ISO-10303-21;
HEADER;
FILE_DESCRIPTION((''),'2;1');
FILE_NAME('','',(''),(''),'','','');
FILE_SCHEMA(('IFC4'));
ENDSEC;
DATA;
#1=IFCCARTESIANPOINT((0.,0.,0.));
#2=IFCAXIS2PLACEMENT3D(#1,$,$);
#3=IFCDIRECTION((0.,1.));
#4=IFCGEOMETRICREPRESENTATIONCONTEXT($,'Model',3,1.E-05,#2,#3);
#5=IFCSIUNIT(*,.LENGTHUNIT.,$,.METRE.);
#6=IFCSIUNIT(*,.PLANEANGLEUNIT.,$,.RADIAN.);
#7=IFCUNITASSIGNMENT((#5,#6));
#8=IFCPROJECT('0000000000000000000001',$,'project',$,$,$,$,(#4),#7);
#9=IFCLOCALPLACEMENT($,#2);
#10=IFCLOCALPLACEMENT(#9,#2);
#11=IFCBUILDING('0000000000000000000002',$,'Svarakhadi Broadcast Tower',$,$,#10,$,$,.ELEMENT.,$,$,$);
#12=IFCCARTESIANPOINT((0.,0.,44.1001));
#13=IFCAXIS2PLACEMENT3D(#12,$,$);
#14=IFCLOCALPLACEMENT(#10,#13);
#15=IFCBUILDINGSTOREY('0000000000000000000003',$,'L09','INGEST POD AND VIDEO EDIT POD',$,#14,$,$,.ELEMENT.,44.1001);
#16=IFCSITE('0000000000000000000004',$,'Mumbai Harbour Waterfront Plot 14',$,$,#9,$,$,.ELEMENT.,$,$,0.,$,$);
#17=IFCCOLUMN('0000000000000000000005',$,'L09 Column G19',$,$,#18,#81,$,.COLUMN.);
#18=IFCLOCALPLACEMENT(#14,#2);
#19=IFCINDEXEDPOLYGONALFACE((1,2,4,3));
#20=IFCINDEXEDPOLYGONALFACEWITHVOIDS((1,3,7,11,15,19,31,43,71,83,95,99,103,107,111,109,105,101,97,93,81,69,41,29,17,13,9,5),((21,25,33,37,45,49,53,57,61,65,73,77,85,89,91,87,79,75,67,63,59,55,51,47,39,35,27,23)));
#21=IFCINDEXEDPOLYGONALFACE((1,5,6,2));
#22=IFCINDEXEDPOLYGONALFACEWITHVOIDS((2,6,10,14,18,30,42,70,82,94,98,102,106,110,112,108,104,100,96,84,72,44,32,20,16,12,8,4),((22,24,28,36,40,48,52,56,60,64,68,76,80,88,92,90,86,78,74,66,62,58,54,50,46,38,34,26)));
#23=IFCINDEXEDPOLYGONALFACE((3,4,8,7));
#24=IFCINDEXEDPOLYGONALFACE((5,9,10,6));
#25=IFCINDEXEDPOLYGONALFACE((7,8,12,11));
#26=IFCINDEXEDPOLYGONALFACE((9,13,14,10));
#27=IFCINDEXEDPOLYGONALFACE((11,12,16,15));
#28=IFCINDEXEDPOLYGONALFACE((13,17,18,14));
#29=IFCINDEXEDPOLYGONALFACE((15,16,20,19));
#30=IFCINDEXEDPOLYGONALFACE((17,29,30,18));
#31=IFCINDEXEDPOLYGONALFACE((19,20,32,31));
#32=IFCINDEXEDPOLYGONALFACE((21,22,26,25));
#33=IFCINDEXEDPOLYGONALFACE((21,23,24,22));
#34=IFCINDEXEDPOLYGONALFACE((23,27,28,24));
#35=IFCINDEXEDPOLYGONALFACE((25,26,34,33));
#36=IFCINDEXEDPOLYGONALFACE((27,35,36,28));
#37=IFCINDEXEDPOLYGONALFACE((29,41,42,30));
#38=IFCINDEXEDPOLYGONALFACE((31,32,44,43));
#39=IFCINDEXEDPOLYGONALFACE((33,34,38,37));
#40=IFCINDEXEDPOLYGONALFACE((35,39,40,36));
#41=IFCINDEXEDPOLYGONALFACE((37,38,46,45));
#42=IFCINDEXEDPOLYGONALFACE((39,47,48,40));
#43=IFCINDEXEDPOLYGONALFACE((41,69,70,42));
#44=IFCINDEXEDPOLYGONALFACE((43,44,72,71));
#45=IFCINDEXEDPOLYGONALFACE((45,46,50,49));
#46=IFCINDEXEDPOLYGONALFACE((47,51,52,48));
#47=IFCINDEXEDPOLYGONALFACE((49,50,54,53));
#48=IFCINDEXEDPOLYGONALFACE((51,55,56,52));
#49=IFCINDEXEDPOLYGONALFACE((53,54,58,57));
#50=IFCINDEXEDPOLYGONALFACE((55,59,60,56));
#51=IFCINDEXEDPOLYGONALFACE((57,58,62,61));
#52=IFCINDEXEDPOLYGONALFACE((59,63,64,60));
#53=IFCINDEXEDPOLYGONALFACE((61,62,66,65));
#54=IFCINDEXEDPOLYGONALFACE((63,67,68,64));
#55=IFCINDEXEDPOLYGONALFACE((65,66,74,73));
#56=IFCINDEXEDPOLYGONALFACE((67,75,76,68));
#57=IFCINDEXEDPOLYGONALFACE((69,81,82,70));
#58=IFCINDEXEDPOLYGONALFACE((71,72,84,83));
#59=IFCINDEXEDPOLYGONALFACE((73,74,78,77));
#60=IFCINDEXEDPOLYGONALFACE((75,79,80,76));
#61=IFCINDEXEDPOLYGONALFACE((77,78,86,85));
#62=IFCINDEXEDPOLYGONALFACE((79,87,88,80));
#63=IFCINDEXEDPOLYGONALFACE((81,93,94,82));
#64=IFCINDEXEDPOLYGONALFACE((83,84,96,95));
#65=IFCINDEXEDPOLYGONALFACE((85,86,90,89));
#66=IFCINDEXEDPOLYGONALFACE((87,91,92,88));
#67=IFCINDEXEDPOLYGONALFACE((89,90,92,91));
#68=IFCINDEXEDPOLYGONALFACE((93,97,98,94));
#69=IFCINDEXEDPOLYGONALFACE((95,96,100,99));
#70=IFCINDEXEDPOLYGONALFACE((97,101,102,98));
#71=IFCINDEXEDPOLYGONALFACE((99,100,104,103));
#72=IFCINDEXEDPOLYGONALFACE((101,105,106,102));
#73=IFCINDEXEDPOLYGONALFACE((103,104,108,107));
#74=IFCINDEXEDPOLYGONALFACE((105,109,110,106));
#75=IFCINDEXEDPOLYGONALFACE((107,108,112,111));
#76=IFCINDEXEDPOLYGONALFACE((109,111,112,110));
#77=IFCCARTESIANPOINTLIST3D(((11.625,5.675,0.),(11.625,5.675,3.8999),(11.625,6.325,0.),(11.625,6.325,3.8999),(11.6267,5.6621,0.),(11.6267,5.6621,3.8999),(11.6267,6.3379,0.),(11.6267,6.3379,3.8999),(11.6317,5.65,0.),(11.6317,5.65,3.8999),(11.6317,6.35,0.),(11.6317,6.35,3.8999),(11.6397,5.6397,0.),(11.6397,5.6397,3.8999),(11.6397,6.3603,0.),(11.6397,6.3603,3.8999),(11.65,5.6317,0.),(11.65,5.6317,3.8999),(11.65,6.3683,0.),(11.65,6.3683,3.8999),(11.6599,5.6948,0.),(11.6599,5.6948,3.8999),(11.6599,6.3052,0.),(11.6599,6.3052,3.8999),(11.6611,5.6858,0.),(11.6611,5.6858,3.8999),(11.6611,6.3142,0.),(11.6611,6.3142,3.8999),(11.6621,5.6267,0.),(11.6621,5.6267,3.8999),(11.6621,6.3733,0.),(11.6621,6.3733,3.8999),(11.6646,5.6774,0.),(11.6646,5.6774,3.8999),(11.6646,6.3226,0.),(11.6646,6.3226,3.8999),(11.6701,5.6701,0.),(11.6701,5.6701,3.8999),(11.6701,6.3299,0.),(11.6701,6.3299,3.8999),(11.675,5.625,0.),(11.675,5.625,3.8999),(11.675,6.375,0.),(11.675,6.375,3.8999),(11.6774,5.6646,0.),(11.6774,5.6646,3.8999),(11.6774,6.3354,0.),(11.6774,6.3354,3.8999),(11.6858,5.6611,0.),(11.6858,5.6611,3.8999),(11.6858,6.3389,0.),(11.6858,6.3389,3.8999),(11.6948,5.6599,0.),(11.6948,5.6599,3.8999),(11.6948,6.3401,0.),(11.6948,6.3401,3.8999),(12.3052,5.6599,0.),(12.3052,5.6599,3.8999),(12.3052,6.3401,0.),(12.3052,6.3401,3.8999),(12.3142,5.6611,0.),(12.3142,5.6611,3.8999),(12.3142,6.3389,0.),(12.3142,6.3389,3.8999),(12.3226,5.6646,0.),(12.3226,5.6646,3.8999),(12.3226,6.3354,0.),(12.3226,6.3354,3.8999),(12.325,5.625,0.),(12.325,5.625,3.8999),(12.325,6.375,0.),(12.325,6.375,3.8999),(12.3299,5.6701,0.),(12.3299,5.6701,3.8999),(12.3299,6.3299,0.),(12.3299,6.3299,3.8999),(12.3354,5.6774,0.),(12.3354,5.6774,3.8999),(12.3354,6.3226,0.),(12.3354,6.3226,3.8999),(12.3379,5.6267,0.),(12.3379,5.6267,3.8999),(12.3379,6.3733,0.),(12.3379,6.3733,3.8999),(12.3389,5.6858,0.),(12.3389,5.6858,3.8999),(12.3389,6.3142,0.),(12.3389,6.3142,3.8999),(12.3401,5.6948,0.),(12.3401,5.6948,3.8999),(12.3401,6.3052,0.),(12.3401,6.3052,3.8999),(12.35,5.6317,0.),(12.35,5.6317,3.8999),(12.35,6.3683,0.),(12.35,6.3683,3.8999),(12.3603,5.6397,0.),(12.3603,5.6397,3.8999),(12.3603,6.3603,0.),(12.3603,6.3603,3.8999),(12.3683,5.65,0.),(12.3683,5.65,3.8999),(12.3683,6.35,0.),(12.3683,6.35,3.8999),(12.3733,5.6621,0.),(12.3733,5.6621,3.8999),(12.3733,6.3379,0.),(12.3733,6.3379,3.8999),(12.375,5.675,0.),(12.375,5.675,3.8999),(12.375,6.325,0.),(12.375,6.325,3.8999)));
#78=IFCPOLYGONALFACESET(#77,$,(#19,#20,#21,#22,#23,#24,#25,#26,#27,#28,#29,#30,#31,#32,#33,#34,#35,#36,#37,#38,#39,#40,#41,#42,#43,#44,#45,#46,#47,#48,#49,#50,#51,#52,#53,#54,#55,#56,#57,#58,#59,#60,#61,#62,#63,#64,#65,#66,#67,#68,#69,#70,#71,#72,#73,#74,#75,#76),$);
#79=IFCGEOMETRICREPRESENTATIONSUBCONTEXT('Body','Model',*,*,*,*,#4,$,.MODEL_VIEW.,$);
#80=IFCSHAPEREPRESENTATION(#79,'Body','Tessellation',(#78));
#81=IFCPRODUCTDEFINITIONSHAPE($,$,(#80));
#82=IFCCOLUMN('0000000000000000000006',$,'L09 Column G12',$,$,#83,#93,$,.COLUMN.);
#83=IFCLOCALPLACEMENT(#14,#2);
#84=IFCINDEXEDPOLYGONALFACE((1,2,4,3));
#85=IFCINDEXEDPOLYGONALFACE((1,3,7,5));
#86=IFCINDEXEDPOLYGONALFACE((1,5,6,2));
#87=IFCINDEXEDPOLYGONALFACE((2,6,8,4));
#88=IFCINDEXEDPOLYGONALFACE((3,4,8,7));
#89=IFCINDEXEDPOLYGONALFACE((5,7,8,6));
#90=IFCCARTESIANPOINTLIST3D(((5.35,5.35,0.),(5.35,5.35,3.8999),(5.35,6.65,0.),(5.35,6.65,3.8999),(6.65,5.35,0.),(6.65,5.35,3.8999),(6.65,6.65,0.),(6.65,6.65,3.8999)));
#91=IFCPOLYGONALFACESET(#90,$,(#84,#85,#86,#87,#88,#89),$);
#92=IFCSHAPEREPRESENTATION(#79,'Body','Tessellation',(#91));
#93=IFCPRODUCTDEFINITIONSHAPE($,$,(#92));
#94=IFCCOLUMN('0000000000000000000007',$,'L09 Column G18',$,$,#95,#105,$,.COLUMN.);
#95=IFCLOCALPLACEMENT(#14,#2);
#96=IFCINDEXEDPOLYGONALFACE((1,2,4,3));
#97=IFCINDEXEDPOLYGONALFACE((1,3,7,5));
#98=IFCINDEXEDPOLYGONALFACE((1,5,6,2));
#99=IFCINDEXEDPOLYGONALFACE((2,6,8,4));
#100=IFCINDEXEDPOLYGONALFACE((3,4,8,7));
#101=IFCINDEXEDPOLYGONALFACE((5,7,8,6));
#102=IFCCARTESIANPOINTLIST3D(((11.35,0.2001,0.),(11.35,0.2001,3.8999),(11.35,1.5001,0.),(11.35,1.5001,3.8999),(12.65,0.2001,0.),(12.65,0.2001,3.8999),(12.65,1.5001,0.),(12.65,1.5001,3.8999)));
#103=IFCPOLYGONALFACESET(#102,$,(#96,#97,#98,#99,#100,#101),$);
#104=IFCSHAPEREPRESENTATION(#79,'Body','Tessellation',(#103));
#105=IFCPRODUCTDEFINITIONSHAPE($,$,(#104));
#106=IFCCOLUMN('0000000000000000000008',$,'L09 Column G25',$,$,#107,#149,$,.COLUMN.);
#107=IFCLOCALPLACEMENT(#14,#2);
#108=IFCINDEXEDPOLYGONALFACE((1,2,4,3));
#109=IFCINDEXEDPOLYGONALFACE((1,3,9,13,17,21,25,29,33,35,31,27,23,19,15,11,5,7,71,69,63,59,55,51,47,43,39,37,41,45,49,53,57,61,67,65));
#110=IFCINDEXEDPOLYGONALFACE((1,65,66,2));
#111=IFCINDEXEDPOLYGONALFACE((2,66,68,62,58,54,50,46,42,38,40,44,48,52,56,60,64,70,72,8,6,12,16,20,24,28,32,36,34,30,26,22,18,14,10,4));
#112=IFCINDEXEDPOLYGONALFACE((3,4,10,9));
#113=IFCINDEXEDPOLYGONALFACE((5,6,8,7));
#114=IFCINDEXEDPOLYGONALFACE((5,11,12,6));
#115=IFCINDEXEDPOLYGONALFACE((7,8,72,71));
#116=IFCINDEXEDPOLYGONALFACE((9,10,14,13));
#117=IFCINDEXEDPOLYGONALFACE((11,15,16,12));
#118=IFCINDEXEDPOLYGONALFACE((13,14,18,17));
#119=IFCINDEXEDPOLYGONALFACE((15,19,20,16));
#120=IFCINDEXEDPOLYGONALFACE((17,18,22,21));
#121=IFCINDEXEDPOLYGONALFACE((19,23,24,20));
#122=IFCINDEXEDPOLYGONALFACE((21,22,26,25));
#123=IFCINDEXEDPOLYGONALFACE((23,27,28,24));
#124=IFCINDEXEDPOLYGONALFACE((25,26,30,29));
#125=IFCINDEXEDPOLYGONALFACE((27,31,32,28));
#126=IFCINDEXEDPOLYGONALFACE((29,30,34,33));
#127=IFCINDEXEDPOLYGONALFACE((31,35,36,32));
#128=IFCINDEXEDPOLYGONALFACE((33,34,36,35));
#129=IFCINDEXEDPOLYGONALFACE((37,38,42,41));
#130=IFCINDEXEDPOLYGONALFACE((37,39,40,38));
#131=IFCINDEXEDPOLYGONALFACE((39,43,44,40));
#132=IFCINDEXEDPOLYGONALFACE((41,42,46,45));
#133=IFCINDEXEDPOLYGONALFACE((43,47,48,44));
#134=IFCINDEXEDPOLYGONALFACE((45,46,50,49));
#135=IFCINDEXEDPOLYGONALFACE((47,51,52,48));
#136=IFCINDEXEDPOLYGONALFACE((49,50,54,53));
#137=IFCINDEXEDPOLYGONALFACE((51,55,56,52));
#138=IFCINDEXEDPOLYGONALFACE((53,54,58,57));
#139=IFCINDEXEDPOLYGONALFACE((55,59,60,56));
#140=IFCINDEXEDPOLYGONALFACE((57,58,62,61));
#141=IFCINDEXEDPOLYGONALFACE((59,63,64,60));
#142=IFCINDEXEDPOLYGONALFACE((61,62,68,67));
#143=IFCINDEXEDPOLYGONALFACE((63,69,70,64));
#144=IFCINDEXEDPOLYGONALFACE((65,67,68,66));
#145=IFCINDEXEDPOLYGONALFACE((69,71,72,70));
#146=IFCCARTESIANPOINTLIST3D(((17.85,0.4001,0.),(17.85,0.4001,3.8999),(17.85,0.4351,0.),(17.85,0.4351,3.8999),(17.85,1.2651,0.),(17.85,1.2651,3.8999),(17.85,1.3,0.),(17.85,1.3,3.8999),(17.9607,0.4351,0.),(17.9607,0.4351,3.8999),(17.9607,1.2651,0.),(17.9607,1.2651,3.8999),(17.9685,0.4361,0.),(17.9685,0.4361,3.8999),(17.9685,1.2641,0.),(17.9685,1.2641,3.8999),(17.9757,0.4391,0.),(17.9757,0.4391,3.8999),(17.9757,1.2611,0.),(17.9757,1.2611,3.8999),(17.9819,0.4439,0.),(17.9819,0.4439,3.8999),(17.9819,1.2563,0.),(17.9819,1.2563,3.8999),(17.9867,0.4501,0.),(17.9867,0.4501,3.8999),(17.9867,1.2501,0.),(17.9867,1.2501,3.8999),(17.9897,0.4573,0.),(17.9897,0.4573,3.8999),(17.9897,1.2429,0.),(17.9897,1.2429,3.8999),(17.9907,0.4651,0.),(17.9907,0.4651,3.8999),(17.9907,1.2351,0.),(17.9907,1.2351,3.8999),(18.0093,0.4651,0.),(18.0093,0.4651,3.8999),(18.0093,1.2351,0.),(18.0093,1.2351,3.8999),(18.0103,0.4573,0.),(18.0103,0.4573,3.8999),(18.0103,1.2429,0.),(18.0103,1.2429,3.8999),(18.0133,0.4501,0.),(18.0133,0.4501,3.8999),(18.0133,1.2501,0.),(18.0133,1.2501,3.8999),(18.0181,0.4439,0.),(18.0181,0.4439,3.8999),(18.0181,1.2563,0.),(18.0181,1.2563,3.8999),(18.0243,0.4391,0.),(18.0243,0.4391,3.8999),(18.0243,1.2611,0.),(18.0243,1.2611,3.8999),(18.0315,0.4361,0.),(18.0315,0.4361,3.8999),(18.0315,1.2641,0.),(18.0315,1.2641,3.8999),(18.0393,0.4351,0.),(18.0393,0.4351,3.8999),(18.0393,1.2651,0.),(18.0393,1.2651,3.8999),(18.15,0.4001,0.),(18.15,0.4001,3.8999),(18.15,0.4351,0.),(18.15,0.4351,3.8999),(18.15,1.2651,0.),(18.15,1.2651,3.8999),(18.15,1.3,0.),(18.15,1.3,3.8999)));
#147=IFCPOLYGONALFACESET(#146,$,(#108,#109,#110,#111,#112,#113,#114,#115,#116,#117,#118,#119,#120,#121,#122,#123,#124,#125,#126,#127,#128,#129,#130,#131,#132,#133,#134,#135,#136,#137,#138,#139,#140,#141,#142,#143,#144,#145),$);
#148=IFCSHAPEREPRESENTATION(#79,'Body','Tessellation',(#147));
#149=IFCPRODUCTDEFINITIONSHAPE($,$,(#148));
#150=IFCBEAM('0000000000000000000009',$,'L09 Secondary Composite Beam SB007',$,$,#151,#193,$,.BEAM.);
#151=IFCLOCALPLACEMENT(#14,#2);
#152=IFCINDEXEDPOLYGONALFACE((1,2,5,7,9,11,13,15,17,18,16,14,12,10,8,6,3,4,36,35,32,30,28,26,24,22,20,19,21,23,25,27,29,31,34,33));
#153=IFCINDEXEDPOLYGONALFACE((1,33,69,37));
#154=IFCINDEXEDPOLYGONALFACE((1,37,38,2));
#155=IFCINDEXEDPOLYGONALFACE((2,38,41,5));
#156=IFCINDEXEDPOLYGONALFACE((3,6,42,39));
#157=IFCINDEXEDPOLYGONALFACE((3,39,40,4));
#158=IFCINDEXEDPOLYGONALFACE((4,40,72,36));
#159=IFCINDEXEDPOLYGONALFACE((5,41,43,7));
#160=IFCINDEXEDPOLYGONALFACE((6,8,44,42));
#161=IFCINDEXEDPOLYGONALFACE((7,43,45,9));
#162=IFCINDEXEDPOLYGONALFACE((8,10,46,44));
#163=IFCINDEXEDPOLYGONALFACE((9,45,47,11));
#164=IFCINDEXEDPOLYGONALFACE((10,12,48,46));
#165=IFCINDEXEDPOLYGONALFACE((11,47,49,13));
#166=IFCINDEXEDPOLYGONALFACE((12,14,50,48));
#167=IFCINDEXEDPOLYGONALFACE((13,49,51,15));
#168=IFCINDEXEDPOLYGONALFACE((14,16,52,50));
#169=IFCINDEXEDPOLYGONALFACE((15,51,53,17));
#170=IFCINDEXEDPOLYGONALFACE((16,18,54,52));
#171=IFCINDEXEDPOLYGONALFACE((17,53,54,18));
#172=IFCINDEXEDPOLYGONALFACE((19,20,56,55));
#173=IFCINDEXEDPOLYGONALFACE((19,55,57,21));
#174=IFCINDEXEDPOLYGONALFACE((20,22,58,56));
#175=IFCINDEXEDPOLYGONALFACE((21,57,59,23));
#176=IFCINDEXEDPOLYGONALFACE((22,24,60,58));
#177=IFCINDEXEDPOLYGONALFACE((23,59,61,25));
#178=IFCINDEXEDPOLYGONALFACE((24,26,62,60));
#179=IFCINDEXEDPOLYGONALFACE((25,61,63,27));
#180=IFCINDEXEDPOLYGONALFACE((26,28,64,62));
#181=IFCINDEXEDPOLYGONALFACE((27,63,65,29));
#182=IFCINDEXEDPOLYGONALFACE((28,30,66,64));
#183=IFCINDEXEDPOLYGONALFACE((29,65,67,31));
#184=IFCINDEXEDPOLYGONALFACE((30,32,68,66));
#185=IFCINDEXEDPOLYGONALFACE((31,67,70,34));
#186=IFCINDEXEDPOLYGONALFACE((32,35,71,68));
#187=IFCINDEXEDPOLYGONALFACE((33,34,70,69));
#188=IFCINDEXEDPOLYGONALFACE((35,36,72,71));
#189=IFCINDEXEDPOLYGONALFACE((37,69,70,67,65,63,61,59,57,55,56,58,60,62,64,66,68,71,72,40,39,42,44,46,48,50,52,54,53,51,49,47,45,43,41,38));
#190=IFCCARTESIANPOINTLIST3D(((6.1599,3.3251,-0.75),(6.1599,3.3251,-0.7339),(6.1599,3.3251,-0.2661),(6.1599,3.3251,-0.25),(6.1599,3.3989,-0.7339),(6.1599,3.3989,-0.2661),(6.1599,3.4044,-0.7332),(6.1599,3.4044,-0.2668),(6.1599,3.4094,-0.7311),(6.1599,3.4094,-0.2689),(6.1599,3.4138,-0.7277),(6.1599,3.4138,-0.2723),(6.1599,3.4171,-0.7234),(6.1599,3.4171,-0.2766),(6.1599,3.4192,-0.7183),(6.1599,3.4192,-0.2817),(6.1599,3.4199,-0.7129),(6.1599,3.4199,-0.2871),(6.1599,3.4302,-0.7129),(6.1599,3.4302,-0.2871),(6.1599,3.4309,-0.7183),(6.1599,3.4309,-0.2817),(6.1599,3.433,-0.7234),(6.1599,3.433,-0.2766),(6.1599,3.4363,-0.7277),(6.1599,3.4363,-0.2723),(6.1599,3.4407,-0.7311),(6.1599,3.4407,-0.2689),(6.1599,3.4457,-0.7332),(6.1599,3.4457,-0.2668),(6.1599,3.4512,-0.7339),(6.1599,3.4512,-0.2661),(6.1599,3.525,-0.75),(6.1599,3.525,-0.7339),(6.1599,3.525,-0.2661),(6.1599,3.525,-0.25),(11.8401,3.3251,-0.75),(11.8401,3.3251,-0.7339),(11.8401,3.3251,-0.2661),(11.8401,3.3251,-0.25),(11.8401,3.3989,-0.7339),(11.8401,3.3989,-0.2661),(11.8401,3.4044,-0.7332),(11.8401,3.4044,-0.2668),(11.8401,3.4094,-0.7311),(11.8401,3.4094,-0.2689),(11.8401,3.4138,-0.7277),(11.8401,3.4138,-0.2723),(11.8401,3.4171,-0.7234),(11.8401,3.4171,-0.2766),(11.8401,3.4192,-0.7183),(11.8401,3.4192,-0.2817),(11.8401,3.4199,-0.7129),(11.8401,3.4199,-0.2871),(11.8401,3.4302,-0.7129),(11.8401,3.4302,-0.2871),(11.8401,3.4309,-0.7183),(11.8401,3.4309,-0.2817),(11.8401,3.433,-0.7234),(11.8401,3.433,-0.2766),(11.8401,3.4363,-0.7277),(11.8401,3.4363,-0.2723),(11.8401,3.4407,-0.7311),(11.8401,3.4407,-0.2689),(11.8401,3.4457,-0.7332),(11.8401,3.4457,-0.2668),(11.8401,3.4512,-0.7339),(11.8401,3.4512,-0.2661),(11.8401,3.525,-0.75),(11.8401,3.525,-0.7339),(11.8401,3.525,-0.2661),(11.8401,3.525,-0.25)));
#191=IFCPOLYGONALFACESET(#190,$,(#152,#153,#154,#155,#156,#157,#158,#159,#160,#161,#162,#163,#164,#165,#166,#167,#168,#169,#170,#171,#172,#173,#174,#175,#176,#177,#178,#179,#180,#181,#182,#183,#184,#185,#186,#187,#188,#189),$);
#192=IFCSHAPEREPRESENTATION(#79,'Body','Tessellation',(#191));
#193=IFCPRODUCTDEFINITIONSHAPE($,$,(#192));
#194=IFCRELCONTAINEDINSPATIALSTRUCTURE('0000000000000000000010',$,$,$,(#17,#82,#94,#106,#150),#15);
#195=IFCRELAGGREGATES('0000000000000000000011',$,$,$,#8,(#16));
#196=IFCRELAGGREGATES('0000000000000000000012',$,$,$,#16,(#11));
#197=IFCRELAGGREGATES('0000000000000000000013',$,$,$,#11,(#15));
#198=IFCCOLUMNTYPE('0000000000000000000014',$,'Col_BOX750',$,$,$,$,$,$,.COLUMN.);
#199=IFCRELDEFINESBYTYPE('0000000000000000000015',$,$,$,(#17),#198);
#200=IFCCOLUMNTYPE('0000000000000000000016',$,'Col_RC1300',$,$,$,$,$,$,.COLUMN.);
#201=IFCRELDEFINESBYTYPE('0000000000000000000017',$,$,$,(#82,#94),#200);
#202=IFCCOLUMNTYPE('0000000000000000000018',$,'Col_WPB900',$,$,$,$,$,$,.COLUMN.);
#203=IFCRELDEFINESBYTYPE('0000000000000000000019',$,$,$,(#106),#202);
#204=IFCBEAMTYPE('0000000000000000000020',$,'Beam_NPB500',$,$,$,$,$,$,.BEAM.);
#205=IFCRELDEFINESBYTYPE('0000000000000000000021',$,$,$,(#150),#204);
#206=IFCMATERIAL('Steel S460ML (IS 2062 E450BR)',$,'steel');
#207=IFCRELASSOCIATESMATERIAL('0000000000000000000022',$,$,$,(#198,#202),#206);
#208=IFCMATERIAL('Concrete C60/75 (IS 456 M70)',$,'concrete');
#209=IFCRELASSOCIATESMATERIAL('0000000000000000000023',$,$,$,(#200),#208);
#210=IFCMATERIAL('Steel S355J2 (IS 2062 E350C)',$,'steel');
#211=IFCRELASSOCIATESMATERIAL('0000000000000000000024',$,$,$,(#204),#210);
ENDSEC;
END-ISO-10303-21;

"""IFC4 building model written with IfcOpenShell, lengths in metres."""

from ifc_helpers import new_model, si_unit, direction, frame, origin, origin_2d, place, context, subcontext, project, spatial, rectangle, hollow_rectangle, i_section, extrude, material, material_profile, profile_set, type_object, element, save


model = new_model("IFC4")

# Units and contexts
model_context = context("Model", 3, precision=1e-05, world=origin(), true_north=direction((0.0, 1.0)))
body_context = subcontext(model_context, "Body", "Model", "MODEL_VIEW")
ifc_project = project(units=[si_unit("LENGTHUNIT", "METRE"), si_unit("PLANEANGLEUNIT", "RADIAN")], contexts=[model_context])

# Site, building, storey
site_placement = place(None, origin())
site = spatial("IfcSite", under=ifc_project, at=site_placement, Name="Mumbai Harbour Waterfront Plot 14", CompositionType="ELEMENT", RefElevation=0.0)
building_placement = place(site_placement, origin())
building = spatial("IfcBuilding", under=site, at=building_placement, Name="Svarakhadi Broadcast Tower", CompositionType="ELEMENT")
storey_placement = place(building_placement, frame((0.0, 0.0, 44.1001)))
storey = spatial("IfcBuildingStorey", under=building, at=storey_placement, Name="L09", Description="INGEST POD AND VIDEO EDIT POD", CompositionType="ELEMENT", Elevation=44.1001)

# Columns
ifc_material_1 = material(Name="Steel S460ML (IS 2062 E450BR)", Category="steel")
ifc_material_profile_1 = material_profile(ifc_material_1, hollow_rectangle(XDim=0.75, YDim=0.75, WallThickness=0.0349, InnerFilletRadius=0.0349, OuterFilletRadius=0.05, at=origin_2d()), Name="BOX 750x750x35")
ifc_profile_set_1 = profile_set([ifc_material_profile_1], Name="Steel S460ML (IS 2062 E450BR)")
column_type_1 = type_object("IfcColumnType", Name="Col_BOX750", PredefinedType="COLUMN", material=ifc_profile_set_1)
column_1_placement = place(storey_placement, frame((12.0, 6.0, 0.0), z_axis=(0.0, 0.0, 1.0), x_axis=(1.0, 0.0, 0.0)))
element("IfcColumn", 1, at=column_1_placement, inside=storey, type_object=column_type_1, Name="L09 Column G19", PredefinedType="COLUMN", context=body_context, shape_type="SweptSolid", body=[
    extrude(hollow_rectangle(XDim=0.75, YDim=0.75, WallThickness=0.0349, InnerFilletRadius=0.0349, OuterFilletRadius=0.05, at=origin_2d()), origin(), (0.0, 0.0, 1.0), 3.8999),
])
ifc_material_2 = material(Name="Concrete C60/75 (IS 456 M70)", Category="concrete")
ifc_material_profile_2 = material_profile(ifc_material_2, rectangle(XDim=1.3, YDim=1.3, at=origin_2d()), Name="RC 1300x1300")
ifc_profile_set_2 = profile_set([ifc_material_profile_2], Name="Concrete C60/75 (IS 456 M70)")
column_type_2 = type_object("IfcColumnType", Name="Col_RC1300", PredefinedType="COLUMN", material=ifc_profile_set_2)
for number, where, z_axis, x_axis, name in (
    (2, (6.0, 6.0, 0.0), (0.0, 0.0, 1.0), (1.0, 0.0, 0.0), "L09 Column G12"),
    (3, (12.0, 0.8501, 0.0), (0.0, 0.0, 1.0), (1.0, 0.0, 0.0), "L09 Column G18"),
):
    element("IfcColumn", number, at=place(storey_placement, frame(where, z_axis=z_axis, x_axis=x_axis)), inside=storey, type_object=column_type_2, Name=name, PredefinedType="COLUMN", context=body_context, shape_type="SweptSolid", body=[
        extrude(rectangle(XDim=1.3, YDim=1.3, at=origin_2d()), origin(), (0.0, 0.0, 1.0), 3.8999),
    ])
ifc_material_profile_3 = material_profile(ifc_material_1, i_section(OverallWidth=0.3, OverallDepth=0.8999, WebThickness=0.0186, FlangeThickness=0.0349, FilletRadius=0.03, at=origin_2d()), Name="WPB 900x300x291")
ifc_profile_set_3 = profile_set([ifc_material_profile_3], Name="Steel S460ML (IS 2062 E450BR)")
column_type_3 = type_object("IfcColumnType", Name="Col_WPB900", PredefinedType="COLUMN", material=ifc_profile_set_3)
column_2_placement = place(storey_placement, frame((18.0, 0.8501, 0.0), z_axis=(0.0, 0.0, 1.0), x_axis=(1.0, 0.0, 0.0)))
element("IfcColumn", 4, at=column_2_placement, inside=storey, type_object=column_type_3, Name="L09 Column G25", PredefinedType="COLUMN", context=body_context, shape_type="SweptSolid", body=[
    extrude(i_section(OverallWidth=0.3, OverallDepth=0.8999, WebThickness=0.0186, FlangeThickness=0.0349, FilletRadius=0.03, at=origin_2d()), origin(), (0.0, 0.0, 1.0), 3.8999),
])

# Beam
ifc_material_3 = material(Name="Steel S355J2 (IS 2062 E350C)", Category="steel")
ifc_material_profile_4 = material_profile(ifc_material_3, i_section(OverallWidth=0.2, OverallDepth=0.5, WebThickness=0.0103, FlangeThickness=0.0161, FilletRadius=0.021, at=origin_2d()), Name="NPB 500x200x91")
ifc_profile_set_4 = profile_set([ifc_material_profile_4], Name="Steel S355J2 (IS 2062 E350C)")
beam_type_1 = type_object("IfcBeamType", Name="Beam_NPB500", PredefinedType="BEAM", material=ifc_profile_set_4)
for number, where, z_axis, x_axis, name in (
    (5, (6.1599, 3.425, -0.5), (1.0, 0.0, 0.0), (0.0, 1.0, 0.0), "L09 Secondary Composite Beam SB007"),
):
    element("IfcBeam", number, at=place(storey_placement, frame(where, z_axis=z_axis, x_axis=x_axis)), inside=storey, type_object=beam_type_1, Name=name, PredefinedType="BEAM", context=body_context, shape_type="SweptSolid", body=[
        extrude(i_section(OverallWidth=0.2, OverallDepth=0.5, WebThickness=0.0103, FlangeThickness=0.0161, FilletRadius=0.021, at=origin_2d()), origin(), (0.0, 0.0, 1.0), 5.6802),
    ])

save(model, "model.ifc")
